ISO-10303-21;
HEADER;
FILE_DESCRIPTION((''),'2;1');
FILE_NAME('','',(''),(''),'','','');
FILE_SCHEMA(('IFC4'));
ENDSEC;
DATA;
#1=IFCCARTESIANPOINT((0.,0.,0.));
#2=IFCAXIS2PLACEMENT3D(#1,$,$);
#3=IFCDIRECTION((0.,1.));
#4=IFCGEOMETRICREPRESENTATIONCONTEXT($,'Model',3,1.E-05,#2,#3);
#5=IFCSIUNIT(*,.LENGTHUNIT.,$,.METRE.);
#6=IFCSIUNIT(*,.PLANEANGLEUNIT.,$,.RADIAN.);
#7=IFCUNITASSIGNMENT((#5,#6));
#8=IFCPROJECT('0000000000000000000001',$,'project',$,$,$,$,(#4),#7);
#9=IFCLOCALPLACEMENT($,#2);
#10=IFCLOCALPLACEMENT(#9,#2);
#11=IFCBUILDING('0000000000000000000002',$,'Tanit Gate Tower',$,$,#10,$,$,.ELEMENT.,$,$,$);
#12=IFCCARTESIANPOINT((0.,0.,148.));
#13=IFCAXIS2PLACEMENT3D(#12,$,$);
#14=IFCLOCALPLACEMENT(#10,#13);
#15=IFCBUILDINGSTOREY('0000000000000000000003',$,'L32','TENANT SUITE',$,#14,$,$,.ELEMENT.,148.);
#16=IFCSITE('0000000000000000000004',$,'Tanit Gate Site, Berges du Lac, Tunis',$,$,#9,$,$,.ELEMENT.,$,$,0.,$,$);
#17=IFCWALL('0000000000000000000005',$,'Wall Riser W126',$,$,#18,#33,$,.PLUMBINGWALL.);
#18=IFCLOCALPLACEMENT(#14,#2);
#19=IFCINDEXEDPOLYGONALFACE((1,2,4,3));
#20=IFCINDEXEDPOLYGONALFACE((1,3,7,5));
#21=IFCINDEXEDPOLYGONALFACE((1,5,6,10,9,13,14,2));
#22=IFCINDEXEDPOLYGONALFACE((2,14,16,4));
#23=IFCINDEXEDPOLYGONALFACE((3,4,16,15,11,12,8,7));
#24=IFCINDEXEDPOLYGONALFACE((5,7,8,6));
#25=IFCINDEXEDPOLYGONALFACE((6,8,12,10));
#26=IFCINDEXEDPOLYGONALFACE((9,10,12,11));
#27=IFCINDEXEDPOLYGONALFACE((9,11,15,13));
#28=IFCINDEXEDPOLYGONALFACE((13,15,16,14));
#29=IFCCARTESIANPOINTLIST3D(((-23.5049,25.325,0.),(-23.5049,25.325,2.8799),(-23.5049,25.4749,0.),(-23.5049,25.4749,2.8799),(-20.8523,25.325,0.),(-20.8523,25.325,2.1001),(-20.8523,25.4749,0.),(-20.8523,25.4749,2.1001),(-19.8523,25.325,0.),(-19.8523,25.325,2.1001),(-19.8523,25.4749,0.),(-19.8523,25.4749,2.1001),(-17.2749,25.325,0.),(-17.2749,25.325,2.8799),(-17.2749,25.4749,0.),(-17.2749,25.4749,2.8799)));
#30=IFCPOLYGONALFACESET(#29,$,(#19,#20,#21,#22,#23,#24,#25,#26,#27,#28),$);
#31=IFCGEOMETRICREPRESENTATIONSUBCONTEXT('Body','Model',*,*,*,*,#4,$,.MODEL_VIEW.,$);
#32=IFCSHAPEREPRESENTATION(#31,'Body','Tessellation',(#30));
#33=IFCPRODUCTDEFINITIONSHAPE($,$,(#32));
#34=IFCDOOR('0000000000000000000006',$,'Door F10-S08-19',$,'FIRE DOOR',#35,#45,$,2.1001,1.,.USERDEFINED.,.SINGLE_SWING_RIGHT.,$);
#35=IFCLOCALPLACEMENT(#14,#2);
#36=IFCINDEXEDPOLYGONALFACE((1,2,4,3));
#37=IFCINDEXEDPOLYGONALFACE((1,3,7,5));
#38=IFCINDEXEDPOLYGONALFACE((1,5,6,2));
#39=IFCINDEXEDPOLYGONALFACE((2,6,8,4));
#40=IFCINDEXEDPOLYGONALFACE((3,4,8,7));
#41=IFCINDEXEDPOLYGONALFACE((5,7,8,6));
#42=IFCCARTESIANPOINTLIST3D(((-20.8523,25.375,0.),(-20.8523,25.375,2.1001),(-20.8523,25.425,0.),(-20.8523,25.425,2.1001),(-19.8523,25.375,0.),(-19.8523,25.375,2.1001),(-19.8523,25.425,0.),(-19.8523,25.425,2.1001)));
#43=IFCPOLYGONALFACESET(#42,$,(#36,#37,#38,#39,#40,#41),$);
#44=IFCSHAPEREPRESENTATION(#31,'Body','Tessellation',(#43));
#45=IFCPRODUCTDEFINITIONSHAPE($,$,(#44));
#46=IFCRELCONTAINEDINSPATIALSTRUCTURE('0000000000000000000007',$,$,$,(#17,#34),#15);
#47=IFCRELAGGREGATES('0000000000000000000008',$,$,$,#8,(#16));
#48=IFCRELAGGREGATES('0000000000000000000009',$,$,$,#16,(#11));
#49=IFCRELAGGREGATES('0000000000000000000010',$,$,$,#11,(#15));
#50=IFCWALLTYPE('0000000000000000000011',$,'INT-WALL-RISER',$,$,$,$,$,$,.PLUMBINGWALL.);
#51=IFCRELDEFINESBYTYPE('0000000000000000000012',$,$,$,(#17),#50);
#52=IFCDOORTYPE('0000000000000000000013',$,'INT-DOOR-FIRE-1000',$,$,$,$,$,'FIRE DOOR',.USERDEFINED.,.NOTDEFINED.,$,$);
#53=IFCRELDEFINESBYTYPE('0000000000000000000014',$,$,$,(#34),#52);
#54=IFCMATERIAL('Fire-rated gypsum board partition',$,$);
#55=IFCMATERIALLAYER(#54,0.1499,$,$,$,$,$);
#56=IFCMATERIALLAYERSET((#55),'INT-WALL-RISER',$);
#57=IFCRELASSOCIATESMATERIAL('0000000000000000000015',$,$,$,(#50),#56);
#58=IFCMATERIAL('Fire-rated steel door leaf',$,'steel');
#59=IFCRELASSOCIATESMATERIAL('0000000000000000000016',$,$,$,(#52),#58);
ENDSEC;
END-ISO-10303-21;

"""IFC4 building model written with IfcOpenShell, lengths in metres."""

from ifc_helpers import new_model, si_unit, direction, frame, frame_2d, origin, place, context, subcontext, project, spatial, rectangle, extrude, material, layer, layer_set, type_object, element, fill, save


model = new_model("IFC4")

# Units and contexts
model_context = context("Model", 3, precision=1e-05, world=origin(), true_north=direction((0.0, 1.0)))
body_context = subcontext(model_context, "Body", "Model", "MODEL_VIEW")
ifc_project = project(units=[si_unit("LENGTHUNIT", "METRE"), si_unit("PLANEANGLEUNIT", "RADIAN")], contexts=[model_context])

# Site, building, storey
site_placement = place(None, origin())
site = spatial("IfcSite", under=ifc_project, at=site_placement, Name="Tanit Gate Site, Berges du Lac, Tunis", CompositionType="ELEMENT", RefElevation=0.0)
building_placement = place(site_placement, origin())
building = spatial("IfcBuilding", under=site, at=building_placement, Name="Tanit Gate Tower", CompositionType="ELEMENT")
storey_placement = place(building_placement, frame((0.0, 0.0, 148.0)))
storey = spatial("IfcBuildingStorey", under=building, at=storey_placement, Name="L32", Description="TENANT SUITE", CompositionType="ELEMENT", Elevation=148.0)

# Shared definitions
ifc_material_1 = material(Name="Fire-rated gypsum board partition")
ifc_layer_1 = layer(ifc_material_1, 0.1499)
ifc_layer_set_1 = layer_set([ifc_layer_1], Name="INT-WALL-RISER")
wall_type_1 = type_object("IfcWallType", Name="INT-WALL-RISER", PredefinedType="PLUMBINGWALL", material=ifc_layer_set_1)

# Wall, opening, door
wall_1_placement = place(storey_placement, frame((-17.2749, 25.3999, 0.0), z_axis=(0.0, 0.0, 1.0), x_axis=(-1.0, 0.0, 0.0)))
wall_1 = element("IfcWall", 1, at=wall_1_placement, inside=storey, type_object=wall_type_1, Name="Wall Riser W126", PredefinedType="PLUMBINGWALL", context=body_context, shape_type="SweptSolid", body=[
    extrude(rectangle(XDim=6.23, YDim=0.1499, at=frame_2d((3.115, 0.0))), origin(), (0.0, 0.0, 1.0), 2.8799),
])
opening_1_placement = place(wall_1_placement, frame((2.5774, 0.0, 0.0)))
opening_1 = element("IfcOpeningElement", 2, at=opening_1_placement, cuts=wall_1, PredefinedType="OPENING", context=body_context, shape_type="SweptSolid", body=[
    extrude(rectangle(XDim=1.0, YDim=2.1001, at=frame_2d((0.5, 1.05))), frame((0.0, 0.085, 0.0), z_axis=(0.0, -1.0, 0.0), x_axis=(1.0, 0.0, 0.0)), (0.0, 0.0, 1.0), 0.1699),
])
ifc_material_2 = material(Name="Fire-rated steel door leaf", Category="steel")
door_type_1 = type_object("IfcDoorType", Name="INT-DOOR-FIRE-1000", ElementType="FIRE DOOR", OperationType="NOTDEFINED", PredefinedType="USERDEFINED", material=ifc_material_2)
door_1_placement = place(opening_1_placement, origin())
door_1 = element("IfcDoor", 3, at=door_1_placement, inside=storey, type_object=door_type_1, Name="Door F10-S08-19", ObjectType="FIRE DOOR", OperationType="SINGLE_SWING_RIGHT", OverallHeight=2.1001, OverallWidth=1.0, PredefinedType="USERDEFINED", context=body_context, shape_type="SweptSolid", body=[
    extrude(rectangle(XDim=1.0, YDim=2.1001, at=frame_2d((0.5, 1.05))), frame((0.0, 0.0249, 0.0), z_axis=(0.0, -1.0, 0.0), x_axis=(1.0, 0.0, 0.0)), (0.0, 0.0, 1.0), 0.05),
])
fill(opening_1, door_1)

save(model, "model.ifc")
